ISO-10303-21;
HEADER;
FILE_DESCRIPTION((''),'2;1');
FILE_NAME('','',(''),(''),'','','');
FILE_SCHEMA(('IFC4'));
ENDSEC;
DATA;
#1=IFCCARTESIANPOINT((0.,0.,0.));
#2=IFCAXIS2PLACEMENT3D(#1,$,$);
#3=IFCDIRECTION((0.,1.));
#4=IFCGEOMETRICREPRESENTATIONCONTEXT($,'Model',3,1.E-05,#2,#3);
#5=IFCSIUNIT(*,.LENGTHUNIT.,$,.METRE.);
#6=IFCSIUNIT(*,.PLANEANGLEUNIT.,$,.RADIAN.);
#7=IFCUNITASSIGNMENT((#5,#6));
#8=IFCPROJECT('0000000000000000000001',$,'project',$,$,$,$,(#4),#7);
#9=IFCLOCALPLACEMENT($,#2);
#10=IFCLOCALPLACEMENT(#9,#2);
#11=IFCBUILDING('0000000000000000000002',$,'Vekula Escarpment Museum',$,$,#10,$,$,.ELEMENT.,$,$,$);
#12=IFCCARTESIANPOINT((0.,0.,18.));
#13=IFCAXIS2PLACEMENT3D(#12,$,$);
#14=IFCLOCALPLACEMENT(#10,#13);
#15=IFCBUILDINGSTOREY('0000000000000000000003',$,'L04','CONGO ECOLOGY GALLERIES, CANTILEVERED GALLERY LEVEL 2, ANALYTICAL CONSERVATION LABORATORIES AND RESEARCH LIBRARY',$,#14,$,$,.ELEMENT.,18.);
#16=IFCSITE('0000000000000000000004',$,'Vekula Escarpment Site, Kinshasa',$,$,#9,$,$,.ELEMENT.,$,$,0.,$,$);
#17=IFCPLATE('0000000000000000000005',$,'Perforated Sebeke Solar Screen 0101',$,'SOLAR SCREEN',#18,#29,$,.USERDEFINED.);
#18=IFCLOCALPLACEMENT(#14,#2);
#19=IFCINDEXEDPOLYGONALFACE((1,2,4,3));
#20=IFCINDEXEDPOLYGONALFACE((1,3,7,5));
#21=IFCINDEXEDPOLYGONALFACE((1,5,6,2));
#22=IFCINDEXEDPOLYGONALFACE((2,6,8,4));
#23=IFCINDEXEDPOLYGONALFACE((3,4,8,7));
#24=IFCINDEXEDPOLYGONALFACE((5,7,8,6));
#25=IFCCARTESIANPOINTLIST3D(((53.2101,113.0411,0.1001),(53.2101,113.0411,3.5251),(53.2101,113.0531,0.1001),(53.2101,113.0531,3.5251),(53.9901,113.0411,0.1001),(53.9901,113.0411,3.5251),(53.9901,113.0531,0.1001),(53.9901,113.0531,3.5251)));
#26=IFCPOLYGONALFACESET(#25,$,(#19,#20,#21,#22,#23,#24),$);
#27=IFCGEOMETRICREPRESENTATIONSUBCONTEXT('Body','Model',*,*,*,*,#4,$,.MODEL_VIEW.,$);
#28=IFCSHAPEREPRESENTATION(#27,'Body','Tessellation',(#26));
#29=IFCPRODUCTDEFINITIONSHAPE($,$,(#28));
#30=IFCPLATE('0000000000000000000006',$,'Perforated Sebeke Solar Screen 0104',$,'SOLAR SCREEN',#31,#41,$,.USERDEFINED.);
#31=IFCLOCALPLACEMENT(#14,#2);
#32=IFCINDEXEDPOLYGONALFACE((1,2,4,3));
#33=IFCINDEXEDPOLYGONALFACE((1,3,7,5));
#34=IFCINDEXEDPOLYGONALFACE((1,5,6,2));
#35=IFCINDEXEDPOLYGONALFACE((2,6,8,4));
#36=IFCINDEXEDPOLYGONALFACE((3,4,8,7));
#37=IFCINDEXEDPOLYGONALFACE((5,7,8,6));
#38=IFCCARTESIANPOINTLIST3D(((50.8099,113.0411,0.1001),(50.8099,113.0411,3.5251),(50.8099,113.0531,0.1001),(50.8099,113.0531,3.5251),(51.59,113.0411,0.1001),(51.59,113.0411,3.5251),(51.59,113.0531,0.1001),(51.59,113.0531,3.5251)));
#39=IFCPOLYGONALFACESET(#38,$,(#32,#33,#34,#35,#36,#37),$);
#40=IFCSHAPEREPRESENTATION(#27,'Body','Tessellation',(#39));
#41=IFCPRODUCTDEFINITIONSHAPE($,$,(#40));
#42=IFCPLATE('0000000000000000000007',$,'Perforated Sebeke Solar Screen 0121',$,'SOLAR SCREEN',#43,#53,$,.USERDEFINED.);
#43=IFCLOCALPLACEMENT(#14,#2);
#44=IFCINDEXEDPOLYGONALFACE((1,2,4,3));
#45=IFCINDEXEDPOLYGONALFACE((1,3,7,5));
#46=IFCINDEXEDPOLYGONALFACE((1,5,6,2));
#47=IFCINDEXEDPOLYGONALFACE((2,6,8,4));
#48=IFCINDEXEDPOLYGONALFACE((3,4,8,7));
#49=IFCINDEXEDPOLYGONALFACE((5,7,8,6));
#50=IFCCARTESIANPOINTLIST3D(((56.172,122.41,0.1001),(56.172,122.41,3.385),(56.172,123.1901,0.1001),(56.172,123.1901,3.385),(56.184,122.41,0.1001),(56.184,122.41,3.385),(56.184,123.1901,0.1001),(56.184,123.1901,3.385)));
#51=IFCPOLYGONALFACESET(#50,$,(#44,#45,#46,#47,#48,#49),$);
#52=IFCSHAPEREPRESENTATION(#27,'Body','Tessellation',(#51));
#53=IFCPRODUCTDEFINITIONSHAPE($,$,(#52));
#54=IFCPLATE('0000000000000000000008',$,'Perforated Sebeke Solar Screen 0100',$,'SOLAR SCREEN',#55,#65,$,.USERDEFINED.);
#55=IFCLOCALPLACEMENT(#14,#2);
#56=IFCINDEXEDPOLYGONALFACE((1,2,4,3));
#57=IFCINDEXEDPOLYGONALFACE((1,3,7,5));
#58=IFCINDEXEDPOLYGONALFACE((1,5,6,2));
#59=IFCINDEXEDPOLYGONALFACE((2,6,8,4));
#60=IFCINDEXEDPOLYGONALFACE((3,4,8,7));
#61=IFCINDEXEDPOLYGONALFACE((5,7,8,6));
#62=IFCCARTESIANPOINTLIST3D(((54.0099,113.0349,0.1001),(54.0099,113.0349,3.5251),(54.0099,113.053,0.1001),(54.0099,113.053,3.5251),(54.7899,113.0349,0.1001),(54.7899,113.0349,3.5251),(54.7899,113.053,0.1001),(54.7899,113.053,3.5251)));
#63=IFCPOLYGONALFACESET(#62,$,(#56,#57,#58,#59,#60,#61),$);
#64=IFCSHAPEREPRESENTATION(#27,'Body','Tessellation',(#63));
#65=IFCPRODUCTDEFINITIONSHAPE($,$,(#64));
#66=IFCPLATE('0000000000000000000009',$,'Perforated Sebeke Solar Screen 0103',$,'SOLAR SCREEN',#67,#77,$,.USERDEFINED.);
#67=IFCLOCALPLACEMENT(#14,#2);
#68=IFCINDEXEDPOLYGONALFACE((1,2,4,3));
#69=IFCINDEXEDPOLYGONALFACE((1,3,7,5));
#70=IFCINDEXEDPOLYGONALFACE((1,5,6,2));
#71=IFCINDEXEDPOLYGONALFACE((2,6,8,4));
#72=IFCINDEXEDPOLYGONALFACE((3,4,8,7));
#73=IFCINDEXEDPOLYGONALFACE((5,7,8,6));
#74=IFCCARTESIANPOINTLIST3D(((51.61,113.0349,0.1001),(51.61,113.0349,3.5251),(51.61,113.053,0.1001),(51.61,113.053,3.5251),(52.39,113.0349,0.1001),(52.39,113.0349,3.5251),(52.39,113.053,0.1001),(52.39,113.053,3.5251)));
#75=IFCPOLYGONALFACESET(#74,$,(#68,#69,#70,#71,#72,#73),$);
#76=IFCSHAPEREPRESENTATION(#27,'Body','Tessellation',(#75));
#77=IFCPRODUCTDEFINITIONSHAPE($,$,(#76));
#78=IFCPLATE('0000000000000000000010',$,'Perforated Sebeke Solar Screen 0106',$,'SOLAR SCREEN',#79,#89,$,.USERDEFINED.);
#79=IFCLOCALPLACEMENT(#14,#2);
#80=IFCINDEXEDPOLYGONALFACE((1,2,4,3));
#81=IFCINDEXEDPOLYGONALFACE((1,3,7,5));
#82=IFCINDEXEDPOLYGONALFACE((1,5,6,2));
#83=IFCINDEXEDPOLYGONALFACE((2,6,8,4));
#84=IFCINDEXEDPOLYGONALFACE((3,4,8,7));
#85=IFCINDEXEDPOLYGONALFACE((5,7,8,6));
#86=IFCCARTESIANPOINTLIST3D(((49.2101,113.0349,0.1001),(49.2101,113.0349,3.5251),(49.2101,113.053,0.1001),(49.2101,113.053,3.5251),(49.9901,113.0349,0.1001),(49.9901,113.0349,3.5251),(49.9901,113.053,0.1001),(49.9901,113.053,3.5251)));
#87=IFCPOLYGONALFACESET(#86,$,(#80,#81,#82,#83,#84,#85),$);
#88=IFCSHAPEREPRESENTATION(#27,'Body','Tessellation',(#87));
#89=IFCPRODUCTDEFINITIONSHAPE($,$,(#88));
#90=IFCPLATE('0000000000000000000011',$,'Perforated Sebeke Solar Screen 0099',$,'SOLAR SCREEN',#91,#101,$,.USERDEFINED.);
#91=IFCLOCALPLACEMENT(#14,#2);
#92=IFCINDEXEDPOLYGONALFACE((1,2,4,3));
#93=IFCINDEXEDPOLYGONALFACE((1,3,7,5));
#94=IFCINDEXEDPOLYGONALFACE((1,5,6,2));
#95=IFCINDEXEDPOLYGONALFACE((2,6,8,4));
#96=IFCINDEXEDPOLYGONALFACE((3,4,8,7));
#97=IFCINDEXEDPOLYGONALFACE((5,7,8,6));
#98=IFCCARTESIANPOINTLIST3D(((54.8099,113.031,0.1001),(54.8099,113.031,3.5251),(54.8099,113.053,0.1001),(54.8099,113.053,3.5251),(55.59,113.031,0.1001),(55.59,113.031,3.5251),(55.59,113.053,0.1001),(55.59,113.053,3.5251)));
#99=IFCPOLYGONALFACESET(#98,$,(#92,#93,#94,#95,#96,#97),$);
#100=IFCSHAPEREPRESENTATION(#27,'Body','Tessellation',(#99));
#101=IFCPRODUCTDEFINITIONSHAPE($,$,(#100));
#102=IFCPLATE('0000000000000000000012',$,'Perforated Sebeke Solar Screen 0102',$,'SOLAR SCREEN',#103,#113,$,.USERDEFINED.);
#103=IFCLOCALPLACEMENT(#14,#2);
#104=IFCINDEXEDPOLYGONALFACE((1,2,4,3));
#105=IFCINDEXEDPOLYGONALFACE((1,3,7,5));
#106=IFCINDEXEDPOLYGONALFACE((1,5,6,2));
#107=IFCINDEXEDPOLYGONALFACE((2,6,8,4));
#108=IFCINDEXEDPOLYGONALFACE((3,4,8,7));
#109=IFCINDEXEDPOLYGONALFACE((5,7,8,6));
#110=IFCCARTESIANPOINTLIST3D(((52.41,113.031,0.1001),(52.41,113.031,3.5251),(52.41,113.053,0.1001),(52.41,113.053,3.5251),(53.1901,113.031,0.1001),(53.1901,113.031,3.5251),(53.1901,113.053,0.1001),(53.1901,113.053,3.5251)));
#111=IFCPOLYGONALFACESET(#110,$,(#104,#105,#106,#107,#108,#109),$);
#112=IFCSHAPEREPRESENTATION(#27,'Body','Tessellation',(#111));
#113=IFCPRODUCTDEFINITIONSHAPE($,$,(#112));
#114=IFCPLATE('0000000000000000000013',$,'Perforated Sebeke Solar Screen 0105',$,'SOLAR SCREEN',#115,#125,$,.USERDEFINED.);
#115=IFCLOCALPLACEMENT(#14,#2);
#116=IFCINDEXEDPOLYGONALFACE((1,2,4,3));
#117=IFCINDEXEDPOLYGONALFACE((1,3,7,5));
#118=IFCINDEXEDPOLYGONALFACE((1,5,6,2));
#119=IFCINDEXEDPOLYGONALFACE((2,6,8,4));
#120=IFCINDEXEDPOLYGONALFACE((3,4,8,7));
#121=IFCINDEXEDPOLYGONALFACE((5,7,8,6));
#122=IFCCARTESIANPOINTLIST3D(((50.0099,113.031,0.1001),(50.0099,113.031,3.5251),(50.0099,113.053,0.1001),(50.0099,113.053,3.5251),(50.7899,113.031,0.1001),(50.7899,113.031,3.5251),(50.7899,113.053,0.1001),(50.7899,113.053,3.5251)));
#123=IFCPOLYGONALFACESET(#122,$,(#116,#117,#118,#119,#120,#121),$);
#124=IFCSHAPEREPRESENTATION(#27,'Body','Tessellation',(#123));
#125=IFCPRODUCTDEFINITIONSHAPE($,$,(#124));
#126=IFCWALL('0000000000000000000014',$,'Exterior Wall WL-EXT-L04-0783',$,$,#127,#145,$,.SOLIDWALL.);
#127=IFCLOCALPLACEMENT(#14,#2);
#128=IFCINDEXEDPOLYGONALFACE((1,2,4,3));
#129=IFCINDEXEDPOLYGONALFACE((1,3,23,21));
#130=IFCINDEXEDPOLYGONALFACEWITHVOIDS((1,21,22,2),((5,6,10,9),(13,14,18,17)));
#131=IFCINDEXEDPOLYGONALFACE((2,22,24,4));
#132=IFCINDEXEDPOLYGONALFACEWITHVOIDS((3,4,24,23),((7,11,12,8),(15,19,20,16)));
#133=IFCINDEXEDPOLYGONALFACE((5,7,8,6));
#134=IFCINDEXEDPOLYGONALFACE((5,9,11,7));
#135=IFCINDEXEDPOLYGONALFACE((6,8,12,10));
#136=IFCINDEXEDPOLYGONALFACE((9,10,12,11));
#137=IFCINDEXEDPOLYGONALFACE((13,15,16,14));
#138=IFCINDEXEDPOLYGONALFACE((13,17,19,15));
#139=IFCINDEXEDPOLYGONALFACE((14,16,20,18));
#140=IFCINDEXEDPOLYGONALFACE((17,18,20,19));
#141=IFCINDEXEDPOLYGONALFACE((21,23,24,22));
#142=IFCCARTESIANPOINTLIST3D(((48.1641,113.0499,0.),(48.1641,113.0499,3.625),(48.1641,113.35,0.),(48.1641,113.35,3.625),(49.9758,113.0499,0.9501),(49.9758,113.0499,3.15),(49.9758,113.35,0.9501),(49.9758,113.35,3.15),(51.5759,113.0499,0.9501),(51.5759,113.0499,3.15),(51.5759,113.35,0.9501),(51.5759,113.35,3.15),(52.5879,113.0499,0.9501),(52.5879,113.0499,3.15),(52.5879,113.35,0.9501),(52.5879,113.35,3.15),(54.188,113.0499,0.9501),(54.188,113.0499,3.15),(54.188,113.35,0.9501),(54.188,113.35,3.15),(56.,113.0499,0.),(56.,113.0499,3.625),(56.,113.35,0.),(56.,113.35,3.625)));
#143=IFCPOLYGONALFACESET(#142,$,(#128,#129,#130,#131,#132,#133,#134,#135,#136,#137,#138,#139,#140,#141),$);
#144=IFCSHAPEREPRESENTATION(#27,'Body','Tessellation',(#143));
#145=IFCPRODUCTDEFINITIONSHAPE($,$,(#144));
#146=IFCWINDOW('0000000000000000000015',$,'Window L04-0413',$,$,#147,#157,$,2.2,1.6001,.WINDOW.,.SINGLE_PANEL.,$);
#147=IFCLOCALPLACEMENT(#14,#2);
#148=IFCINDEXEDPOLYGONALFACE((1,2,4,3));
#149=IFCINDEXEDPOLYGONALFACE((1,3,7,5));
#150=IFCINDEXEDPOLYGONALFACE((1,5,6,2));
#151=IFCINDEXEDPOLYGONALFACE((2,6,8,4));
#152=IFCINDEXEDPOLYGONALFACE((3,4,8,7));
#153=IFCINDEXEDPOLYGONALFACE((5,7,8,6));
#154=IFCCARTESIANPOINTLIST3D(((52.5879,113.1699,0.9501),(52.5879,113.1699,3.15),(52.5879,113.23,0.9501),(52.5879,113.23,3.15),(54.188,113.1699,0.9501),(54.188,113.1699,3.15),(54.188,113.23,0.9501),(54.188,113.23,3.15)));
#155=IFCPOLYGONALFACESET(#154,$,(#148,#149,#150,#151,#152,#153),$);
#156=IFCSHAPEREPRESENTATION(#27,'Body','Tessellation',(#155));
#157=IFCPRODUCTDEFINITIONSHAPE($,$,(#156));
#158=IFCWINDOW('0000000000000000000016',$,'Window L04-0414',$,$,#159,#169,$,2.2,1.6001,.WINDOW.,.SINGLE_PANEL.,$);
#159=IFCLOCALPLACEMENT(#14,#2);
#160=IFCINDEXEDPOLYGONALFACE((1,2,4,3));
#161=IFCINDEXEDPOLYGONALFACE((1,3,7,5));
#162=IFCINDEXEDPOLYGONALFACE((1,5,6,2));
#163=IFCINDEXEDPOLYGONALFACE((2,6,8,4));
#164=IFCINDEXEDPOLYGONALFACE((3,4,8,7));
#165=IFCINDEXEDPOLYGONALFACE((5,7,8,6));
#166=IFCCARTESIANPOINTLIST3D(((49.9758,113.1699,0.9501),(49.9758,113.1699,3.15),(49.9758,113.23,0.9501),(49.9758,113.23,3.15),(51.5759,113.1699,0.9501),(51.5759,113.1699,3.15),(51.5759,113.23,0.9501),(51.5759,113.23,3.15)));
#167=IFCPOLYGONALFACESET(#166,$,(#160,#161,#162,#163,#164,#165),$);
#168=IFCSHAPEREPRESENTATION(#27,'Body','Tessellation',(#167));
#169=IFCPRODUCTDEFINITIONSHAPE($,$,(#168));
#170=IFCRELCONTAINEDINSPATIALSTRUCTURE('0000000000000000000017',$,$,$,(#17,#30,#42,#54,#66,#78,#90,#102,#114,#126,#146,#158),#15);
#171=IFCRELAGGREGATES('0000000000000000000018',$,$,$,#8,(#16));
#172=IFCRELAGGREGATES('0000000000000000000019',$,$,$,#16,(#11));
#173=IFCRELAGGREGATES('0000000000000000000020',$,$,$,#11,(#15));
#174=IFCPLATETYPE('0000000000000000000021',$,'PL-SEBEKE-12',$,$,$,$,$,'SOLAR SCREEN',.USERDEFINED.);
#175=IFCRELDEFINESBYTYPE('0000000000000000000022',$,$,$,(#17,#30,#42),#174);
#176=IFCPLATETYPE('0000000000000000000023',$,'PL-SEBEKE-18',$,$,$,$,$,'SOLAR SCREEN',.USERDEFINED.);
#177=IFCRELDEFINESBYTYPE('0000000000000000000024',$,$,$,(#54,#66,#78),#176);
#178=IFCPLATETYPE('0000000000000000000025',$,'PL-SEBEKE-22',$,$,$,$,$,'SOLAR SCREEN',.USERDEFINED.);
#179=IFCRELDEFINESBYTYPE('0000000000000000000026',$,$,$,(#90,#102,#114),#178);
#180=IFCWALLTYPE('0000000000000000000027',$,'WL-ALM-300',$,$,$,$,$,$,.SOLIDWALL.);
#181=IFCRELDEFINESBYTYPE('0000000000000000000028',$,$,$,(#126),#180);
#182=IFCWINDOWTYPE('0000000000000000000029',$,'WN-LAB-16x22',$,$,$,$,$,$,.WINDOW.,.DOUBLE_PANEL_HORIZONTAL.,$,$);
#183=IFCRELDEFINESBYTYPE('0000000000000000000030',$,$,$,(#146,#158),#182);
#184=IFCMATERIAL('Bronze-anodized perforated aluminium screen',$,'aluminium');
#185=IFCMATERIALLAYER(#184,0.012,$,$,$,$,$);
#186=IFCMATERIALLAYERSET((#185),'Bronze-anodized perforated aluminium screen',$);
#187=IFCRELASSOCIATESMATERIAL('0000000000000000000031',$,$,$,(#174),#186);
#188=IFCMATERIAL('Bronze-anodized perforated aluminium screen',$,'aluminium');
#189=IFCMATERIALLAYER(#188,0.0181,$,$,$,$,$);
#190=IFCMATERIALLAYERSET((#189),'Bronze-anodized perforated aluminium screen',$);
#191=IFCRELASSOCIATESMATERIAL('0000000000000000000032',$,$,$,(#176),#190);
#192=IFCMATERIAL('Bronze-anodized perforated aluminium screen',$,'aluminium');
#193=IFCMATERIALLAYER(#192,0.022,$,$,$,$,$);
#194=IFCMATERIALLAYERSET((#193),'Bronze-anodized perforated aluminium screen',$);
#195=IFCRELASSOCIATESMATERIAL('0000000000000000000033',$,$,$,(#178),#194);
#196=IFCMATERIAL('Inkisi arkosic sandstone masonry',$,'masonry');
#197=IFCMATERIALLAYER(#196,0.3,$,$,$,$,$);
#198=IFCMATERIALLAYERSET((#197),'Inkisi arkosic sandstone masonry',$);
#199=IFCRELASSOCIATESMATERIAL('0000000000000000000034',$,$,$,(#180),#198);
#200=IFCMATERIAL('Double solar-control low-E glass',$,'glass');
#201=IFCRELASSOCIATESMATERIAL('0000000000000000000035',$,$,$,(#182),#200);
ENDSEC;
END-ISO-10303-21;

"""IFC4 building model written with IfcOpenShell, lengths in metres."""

from ifc_helpers import new_model, si_unit, direction, frame, frame_2d, origin, origin_2d, place, context, subcontext, project, spatial, rectangle, extrude, material, layer, layer_set, type_object, element, fill, save


model = new_model("IFC4")

# Units and contexts
model_context = context("Model", 3, precision=1e-05, world=origin(), true_north=direction((0.0, 1.0)))
body_context = subcontext(model_context, "Body", "Model", "MODEL_VIEW")
ifc_project = project(units=[si_unit("LENGTHUNIT", "METRE"), si_unit("PLANEANGLEUNIT", "RADIAN")], contexts=[model_context])

# Site, building, storey
site_placement = place(None, origin())
site = spatial("IfcSite", under=ifc_project, at=site_placement, Name="Vekula Escarpment Site, Kinshasa", CompositionType="ELEMENT", RefElevation=0.0)
building_placement = place(site_placement, origin())
building = spatial("IfcBuilding", under=site, at=building_placement, Name="Vekula Escarpment Museum", CompositionType="ELEMENT")
storey_placement = place(building_placement, frame((0.0, 0.0, 18.0)))
storey = spatial("IfcBuildingStorey", under=building, at=storey_placement, Name="L04", Description="CONGO ECOLOGY GALLERIES, CANTILEVERED GALLERY LEVEL 2, ANALYTICAL CONSERVATION LABORATORIES AND RESEARCH LIBRARY", CompositionType="ELEMENT", Elevation=18.0)

# Plates
ifc_material_1 = material(Name="Bronze-anodized perforated aluminium screen", Category="aluminium")
ifc_layer_1 = layer(ifc_material_1, 0.012)
ifc_layer_set_1 = layer_set([ifc_layer_1], Name="Bronze-anodized perforated aluminium screen")
plate_type_1 = type_object("IfcPlateType", Name="PL-SEBEKE-12", ElementType="SOLAR SCREEN", PredefinedType="USERDEFINED", material=ifc_layer_set_1)
for number, where, z_axis, x_axis, name in (
    (1, (53.6001, 113.0471, 0.1001), (0.0, 0.0, 1.0), (1.0, 0.0, 0.0), "Perforated Sebeke Solar Screen 0101"),
    (2, (51.2, 113.0471, 0.1001), (0.0, 0.0, 1.0), (1.0, 0.0, 0.0), "Perforated Sebeke Solar Screen 0104"),
):
    element("IfcPlate", number, at=place(storey_placement, frame(where, z_axis=z_axis, x_axis=x_axis)), inside=storey, type_object=plate_type_1, Name=name, ObjectType="SOLAR SCREEN", PredefinedType="USERDEFINED", context=body_context, shape_type="SweptSolid", body=[
        extrude(rectangle(XDim=0.78, YDim=0.012, at=origin_2d()), origin(), (0.0, 0.0, 1.0), 3.425),
    ])
plate_placement = place(storey_placement, frame((56.178, 122.8, 0.1001), z_axis=(0.0, 0.0, 1.0), x_axis=(0.0, 1.0, 0.0)))
element("IfcPlate", 3, at=plate_placement, inside=storey, type_object=plate_type_1, Name="Perforated Sebeke Solar Screen 0121", ObjectType="SOLAR SCREEN", PredefinedType="USERDEFINED", context=body_context, shape_type="SweptSolid", body=[
    extrude(rectangle(XDim=0.78, YDim=0.012, at=origin_2d()), origin(), (0.0, 0.0, 1.0), 3.2849),
])
ifc_material_2 = material(Name="Bronze-anodized perforated aluminium screen", Category="aluminium")
ifc_layer_2 = layer(ifc_material_2, 0.0181)
ifc_layer_set_2 = layer_set([ifc_layer_2], Name="Bronze-anodized perforated aluminium screen")
plate_type_2 = type_object("IfcPlateType", Name="PL-SEBEKE-18", ElementType="SOLAR SCREEN", PredefinedType="USERDEFINED", material=ifc_layer_set_2)
for number, where, z_axis, x_axis, name in (
    (4, (54.3999, 113.0439, 0.1001), (0.0, 0.0, 1.0), (1.0, 0.0, 0.0), "Perforated Sebeke Solar Screen 0100"),
    (5, (52.0, 113.0439, 0.1001), (0.0, 0.0, 1.0), (1.0, 0.0, 0.0), "Perforated Sebeke Solar Screen 0103"),
    (6, (49.6001, 113.0439, 0.1001), (0.0, 0.0, 1.0), (1.0, 0.0, 0.0), "Perforated Sebeke Solar Screen 0106"),
):
    element("IfcPlate", number, at=place(storey_placement, frame(where, z_axis=z_axis, x_axis=x_axis)), inside=storey, type_object=plate_type_2, Name=name, ObjectType="SOLAR SCREEN", PredefinedType="USERDEFINED", context=body_context, shape_type="SweptSolid", body=[
        extrude(rectangle(XDim=0.78, YDim=0.0181, at=origin_2d()), origin(), (0.0, 0.0, 1.0), 3.425),
    ])
ifc_material_3 = material(Name="Bronze-anodized perforated aluminium screen", Category="aluminium")
ifc_layer_3 = layer(ifc_material_3, 0.022)
ifc_layer_set_3 = layer_set([ifc_layer_3], Name="Bronze-anodized perforated aluminium screen")
plate_type_3 = type_object("IfcPlateType", Name="PL-SEBEKE-22", ElementType="SOLAR SCREEN", PredefinedType="USERDEFINED", material=ifc_layer_set_3)
for number, where, z_axis, x_axis, name in (
    (7, (55.2, 113.042, 0.1001), (0.0, 0.0, 1.0), (1.0, 0.0, 0.0), "Perforated Sebeke Solar Screen 0099"),
    (8, (52.8, 113.042, 0.1001), (0.0, 0.0, 1.0), (1.0, 0.0, 0.0), "Perforated Sebeke Solar Screen 0102"),
    (9, (50.3999, 113.042, 0.1001), (0.0, 0.0, 1.0), (1.0, 0.0, 0.0), "Perforated Sebeke Solar Screen 0105"),
):
    element("IfcPlate", number, at=place(storey_placement, frame(where, z_axis=z_axis, x_axis=x_axis)), inside=storey, type_object=plate_type_3, Name=name, ObjectType="SOLAR SCREEN", PredefinedType="USERDEFINED", context=body_context, shape_type="SweptSolid", body=[
        extrude(rectangle(XDim=0.78, YDim=0.022, at=origin_2d()), origin(), (0.0, 0.0, 1.0), 3.425),
    ])

# Wall, openings, windows
ifc_material_4 = material(Name="Inkisi arkosic sandstone masonry", Category="masonry")
ifc_layer_4 = layer(ifc_material_4, 0.3)
ifc_layer_set_4 = layer_set([ifc_layer_4], Name="Inkisi arkosic sandstone masonry")
wall_type_1 = type_object("IfcWallType", Name="WL-ALM-300", PredefinedType="SOLIDWALL", material=ifc_layer_set_4)
wall_1_placement = place(storey_placement, frame((56.0, 113.2, 0.0), z_axis=(0.0, 0.0, 1.0), x_axis=(-1.0, 0.0, 0.0)))
wall_1 = element("IfcWall", 10, at=wall_1_placement, inside=storey, type_object=wall_type_1, Name="Exterior Wall WL-EXT-L04-0783", PredefinedType="SOLIDWALL", context=body_context, shape_type="SweptSolid", body=[
    extrude(rectangle(XDim=7.8359, YDim=0.3, at=frame_2d((3.918, 0.0))), origin(), (0.0, 0.0, 1.0), 3.625),
])
opening_1_placement = place(wall_1_placement, frame((1.812, 0.0, 0.95)))
opening_1 = element("IfcOpeningElement", 11, at=opening_1_placement, cuts=wall_1, PredefinedType="OPENING", context=body_context, shape_type="SweptSolid", body=[
    extrude(rectangle(XDim=1.6001, YDim=2.2, at=frame_2d((0.8, 1.1001))), frame((0.0, 0.1599, 0.0), z_axis=(0.0, -1.0, 0.0), x_axis=(1.0, 0.0, 0.0)), (0.0, 0.0, 1.0), 0.3201),
])
opening_2_placement = place(wall_1_placement, frame((4.4241, 0.0, 0.95)))
opening_2 = element("IfcOpeningElement", 12, at=opening_2_placement, cuts=wall_1, PredefinedType="OPENING", context=body_context, shape_type="SweptSolid", body=[
    extrude(rectangle(XDim=1.6001, YDim=2.2, at=frame_2d((0.8, 1.1001))), frame((0.0, 0.1599, 0.0), z_axis=(0.0, -1.0, 0.0), x_axis=(1.0, 0.0, 0.0)), (0.0, 0.0, 1.0), 0.3201),
])
ifc_material_5 = material(Name="Double solar-control low-E glass", Category="glass")
window_type = type_object("IfcWindowType", Name="WN-LAB-16x22", PartitioningType="DOUBLE_PANEL_HORIZONTAL", PredefinedType="WINDOW", material=ifc_material_5)
window_1_placement = place(opening_1_placement, origin())
window_1 = element("IfcWindow", 13, at=window_1_placement, inside=storey, type_object=window_type, Name="Window L04-0413", OverallHeight=2.2, OverallWidth=1.6001, PartitioningType="SINGLE_PANEL", PredefinedType="WINDOW", context=body_context, shape_type="SweptSolid", body=[
    extrude(rectangle(XDim=1.6001, YDim=2.2, at=frame_2d((0.8, 1.1001))), frame((0.0, 0.03, 0.0), z_axis=(0.0, -1.0, 0.0), x_axis=(1.0, 0.0, 0.0)), (0.0, 0.0, 1.0), 0.0601),
])
fill(opening_1, window_1)
window_2_placement = place(opening_2_placement, origin())
window_2 = element("IfcWindow", 14, at=window_2_placement, inside=storey, type_object=window_type, Name="Window L04-0414", OverallHeight=2.2, OverallWidth=1.6001, PartitioningType="SINGLE_PANEL", PredefinedType="WINDOW", context=body_context, shape_type="SweptSolid", body=[
    extrude(rectangle(XDim=1.6001, YDim=2.2, at=frame_2d((0.8, 1.1001))), frame((0.0, 0.03, 0.0), z_axis=(0.0, -1.0, 0.0), x_axis=(1.0, 0.0, 0.0)), (0.0, 0.0, 1.0), 0.0601),
])
fill(opening_2, window_2)

save(model, "model.ifc")
